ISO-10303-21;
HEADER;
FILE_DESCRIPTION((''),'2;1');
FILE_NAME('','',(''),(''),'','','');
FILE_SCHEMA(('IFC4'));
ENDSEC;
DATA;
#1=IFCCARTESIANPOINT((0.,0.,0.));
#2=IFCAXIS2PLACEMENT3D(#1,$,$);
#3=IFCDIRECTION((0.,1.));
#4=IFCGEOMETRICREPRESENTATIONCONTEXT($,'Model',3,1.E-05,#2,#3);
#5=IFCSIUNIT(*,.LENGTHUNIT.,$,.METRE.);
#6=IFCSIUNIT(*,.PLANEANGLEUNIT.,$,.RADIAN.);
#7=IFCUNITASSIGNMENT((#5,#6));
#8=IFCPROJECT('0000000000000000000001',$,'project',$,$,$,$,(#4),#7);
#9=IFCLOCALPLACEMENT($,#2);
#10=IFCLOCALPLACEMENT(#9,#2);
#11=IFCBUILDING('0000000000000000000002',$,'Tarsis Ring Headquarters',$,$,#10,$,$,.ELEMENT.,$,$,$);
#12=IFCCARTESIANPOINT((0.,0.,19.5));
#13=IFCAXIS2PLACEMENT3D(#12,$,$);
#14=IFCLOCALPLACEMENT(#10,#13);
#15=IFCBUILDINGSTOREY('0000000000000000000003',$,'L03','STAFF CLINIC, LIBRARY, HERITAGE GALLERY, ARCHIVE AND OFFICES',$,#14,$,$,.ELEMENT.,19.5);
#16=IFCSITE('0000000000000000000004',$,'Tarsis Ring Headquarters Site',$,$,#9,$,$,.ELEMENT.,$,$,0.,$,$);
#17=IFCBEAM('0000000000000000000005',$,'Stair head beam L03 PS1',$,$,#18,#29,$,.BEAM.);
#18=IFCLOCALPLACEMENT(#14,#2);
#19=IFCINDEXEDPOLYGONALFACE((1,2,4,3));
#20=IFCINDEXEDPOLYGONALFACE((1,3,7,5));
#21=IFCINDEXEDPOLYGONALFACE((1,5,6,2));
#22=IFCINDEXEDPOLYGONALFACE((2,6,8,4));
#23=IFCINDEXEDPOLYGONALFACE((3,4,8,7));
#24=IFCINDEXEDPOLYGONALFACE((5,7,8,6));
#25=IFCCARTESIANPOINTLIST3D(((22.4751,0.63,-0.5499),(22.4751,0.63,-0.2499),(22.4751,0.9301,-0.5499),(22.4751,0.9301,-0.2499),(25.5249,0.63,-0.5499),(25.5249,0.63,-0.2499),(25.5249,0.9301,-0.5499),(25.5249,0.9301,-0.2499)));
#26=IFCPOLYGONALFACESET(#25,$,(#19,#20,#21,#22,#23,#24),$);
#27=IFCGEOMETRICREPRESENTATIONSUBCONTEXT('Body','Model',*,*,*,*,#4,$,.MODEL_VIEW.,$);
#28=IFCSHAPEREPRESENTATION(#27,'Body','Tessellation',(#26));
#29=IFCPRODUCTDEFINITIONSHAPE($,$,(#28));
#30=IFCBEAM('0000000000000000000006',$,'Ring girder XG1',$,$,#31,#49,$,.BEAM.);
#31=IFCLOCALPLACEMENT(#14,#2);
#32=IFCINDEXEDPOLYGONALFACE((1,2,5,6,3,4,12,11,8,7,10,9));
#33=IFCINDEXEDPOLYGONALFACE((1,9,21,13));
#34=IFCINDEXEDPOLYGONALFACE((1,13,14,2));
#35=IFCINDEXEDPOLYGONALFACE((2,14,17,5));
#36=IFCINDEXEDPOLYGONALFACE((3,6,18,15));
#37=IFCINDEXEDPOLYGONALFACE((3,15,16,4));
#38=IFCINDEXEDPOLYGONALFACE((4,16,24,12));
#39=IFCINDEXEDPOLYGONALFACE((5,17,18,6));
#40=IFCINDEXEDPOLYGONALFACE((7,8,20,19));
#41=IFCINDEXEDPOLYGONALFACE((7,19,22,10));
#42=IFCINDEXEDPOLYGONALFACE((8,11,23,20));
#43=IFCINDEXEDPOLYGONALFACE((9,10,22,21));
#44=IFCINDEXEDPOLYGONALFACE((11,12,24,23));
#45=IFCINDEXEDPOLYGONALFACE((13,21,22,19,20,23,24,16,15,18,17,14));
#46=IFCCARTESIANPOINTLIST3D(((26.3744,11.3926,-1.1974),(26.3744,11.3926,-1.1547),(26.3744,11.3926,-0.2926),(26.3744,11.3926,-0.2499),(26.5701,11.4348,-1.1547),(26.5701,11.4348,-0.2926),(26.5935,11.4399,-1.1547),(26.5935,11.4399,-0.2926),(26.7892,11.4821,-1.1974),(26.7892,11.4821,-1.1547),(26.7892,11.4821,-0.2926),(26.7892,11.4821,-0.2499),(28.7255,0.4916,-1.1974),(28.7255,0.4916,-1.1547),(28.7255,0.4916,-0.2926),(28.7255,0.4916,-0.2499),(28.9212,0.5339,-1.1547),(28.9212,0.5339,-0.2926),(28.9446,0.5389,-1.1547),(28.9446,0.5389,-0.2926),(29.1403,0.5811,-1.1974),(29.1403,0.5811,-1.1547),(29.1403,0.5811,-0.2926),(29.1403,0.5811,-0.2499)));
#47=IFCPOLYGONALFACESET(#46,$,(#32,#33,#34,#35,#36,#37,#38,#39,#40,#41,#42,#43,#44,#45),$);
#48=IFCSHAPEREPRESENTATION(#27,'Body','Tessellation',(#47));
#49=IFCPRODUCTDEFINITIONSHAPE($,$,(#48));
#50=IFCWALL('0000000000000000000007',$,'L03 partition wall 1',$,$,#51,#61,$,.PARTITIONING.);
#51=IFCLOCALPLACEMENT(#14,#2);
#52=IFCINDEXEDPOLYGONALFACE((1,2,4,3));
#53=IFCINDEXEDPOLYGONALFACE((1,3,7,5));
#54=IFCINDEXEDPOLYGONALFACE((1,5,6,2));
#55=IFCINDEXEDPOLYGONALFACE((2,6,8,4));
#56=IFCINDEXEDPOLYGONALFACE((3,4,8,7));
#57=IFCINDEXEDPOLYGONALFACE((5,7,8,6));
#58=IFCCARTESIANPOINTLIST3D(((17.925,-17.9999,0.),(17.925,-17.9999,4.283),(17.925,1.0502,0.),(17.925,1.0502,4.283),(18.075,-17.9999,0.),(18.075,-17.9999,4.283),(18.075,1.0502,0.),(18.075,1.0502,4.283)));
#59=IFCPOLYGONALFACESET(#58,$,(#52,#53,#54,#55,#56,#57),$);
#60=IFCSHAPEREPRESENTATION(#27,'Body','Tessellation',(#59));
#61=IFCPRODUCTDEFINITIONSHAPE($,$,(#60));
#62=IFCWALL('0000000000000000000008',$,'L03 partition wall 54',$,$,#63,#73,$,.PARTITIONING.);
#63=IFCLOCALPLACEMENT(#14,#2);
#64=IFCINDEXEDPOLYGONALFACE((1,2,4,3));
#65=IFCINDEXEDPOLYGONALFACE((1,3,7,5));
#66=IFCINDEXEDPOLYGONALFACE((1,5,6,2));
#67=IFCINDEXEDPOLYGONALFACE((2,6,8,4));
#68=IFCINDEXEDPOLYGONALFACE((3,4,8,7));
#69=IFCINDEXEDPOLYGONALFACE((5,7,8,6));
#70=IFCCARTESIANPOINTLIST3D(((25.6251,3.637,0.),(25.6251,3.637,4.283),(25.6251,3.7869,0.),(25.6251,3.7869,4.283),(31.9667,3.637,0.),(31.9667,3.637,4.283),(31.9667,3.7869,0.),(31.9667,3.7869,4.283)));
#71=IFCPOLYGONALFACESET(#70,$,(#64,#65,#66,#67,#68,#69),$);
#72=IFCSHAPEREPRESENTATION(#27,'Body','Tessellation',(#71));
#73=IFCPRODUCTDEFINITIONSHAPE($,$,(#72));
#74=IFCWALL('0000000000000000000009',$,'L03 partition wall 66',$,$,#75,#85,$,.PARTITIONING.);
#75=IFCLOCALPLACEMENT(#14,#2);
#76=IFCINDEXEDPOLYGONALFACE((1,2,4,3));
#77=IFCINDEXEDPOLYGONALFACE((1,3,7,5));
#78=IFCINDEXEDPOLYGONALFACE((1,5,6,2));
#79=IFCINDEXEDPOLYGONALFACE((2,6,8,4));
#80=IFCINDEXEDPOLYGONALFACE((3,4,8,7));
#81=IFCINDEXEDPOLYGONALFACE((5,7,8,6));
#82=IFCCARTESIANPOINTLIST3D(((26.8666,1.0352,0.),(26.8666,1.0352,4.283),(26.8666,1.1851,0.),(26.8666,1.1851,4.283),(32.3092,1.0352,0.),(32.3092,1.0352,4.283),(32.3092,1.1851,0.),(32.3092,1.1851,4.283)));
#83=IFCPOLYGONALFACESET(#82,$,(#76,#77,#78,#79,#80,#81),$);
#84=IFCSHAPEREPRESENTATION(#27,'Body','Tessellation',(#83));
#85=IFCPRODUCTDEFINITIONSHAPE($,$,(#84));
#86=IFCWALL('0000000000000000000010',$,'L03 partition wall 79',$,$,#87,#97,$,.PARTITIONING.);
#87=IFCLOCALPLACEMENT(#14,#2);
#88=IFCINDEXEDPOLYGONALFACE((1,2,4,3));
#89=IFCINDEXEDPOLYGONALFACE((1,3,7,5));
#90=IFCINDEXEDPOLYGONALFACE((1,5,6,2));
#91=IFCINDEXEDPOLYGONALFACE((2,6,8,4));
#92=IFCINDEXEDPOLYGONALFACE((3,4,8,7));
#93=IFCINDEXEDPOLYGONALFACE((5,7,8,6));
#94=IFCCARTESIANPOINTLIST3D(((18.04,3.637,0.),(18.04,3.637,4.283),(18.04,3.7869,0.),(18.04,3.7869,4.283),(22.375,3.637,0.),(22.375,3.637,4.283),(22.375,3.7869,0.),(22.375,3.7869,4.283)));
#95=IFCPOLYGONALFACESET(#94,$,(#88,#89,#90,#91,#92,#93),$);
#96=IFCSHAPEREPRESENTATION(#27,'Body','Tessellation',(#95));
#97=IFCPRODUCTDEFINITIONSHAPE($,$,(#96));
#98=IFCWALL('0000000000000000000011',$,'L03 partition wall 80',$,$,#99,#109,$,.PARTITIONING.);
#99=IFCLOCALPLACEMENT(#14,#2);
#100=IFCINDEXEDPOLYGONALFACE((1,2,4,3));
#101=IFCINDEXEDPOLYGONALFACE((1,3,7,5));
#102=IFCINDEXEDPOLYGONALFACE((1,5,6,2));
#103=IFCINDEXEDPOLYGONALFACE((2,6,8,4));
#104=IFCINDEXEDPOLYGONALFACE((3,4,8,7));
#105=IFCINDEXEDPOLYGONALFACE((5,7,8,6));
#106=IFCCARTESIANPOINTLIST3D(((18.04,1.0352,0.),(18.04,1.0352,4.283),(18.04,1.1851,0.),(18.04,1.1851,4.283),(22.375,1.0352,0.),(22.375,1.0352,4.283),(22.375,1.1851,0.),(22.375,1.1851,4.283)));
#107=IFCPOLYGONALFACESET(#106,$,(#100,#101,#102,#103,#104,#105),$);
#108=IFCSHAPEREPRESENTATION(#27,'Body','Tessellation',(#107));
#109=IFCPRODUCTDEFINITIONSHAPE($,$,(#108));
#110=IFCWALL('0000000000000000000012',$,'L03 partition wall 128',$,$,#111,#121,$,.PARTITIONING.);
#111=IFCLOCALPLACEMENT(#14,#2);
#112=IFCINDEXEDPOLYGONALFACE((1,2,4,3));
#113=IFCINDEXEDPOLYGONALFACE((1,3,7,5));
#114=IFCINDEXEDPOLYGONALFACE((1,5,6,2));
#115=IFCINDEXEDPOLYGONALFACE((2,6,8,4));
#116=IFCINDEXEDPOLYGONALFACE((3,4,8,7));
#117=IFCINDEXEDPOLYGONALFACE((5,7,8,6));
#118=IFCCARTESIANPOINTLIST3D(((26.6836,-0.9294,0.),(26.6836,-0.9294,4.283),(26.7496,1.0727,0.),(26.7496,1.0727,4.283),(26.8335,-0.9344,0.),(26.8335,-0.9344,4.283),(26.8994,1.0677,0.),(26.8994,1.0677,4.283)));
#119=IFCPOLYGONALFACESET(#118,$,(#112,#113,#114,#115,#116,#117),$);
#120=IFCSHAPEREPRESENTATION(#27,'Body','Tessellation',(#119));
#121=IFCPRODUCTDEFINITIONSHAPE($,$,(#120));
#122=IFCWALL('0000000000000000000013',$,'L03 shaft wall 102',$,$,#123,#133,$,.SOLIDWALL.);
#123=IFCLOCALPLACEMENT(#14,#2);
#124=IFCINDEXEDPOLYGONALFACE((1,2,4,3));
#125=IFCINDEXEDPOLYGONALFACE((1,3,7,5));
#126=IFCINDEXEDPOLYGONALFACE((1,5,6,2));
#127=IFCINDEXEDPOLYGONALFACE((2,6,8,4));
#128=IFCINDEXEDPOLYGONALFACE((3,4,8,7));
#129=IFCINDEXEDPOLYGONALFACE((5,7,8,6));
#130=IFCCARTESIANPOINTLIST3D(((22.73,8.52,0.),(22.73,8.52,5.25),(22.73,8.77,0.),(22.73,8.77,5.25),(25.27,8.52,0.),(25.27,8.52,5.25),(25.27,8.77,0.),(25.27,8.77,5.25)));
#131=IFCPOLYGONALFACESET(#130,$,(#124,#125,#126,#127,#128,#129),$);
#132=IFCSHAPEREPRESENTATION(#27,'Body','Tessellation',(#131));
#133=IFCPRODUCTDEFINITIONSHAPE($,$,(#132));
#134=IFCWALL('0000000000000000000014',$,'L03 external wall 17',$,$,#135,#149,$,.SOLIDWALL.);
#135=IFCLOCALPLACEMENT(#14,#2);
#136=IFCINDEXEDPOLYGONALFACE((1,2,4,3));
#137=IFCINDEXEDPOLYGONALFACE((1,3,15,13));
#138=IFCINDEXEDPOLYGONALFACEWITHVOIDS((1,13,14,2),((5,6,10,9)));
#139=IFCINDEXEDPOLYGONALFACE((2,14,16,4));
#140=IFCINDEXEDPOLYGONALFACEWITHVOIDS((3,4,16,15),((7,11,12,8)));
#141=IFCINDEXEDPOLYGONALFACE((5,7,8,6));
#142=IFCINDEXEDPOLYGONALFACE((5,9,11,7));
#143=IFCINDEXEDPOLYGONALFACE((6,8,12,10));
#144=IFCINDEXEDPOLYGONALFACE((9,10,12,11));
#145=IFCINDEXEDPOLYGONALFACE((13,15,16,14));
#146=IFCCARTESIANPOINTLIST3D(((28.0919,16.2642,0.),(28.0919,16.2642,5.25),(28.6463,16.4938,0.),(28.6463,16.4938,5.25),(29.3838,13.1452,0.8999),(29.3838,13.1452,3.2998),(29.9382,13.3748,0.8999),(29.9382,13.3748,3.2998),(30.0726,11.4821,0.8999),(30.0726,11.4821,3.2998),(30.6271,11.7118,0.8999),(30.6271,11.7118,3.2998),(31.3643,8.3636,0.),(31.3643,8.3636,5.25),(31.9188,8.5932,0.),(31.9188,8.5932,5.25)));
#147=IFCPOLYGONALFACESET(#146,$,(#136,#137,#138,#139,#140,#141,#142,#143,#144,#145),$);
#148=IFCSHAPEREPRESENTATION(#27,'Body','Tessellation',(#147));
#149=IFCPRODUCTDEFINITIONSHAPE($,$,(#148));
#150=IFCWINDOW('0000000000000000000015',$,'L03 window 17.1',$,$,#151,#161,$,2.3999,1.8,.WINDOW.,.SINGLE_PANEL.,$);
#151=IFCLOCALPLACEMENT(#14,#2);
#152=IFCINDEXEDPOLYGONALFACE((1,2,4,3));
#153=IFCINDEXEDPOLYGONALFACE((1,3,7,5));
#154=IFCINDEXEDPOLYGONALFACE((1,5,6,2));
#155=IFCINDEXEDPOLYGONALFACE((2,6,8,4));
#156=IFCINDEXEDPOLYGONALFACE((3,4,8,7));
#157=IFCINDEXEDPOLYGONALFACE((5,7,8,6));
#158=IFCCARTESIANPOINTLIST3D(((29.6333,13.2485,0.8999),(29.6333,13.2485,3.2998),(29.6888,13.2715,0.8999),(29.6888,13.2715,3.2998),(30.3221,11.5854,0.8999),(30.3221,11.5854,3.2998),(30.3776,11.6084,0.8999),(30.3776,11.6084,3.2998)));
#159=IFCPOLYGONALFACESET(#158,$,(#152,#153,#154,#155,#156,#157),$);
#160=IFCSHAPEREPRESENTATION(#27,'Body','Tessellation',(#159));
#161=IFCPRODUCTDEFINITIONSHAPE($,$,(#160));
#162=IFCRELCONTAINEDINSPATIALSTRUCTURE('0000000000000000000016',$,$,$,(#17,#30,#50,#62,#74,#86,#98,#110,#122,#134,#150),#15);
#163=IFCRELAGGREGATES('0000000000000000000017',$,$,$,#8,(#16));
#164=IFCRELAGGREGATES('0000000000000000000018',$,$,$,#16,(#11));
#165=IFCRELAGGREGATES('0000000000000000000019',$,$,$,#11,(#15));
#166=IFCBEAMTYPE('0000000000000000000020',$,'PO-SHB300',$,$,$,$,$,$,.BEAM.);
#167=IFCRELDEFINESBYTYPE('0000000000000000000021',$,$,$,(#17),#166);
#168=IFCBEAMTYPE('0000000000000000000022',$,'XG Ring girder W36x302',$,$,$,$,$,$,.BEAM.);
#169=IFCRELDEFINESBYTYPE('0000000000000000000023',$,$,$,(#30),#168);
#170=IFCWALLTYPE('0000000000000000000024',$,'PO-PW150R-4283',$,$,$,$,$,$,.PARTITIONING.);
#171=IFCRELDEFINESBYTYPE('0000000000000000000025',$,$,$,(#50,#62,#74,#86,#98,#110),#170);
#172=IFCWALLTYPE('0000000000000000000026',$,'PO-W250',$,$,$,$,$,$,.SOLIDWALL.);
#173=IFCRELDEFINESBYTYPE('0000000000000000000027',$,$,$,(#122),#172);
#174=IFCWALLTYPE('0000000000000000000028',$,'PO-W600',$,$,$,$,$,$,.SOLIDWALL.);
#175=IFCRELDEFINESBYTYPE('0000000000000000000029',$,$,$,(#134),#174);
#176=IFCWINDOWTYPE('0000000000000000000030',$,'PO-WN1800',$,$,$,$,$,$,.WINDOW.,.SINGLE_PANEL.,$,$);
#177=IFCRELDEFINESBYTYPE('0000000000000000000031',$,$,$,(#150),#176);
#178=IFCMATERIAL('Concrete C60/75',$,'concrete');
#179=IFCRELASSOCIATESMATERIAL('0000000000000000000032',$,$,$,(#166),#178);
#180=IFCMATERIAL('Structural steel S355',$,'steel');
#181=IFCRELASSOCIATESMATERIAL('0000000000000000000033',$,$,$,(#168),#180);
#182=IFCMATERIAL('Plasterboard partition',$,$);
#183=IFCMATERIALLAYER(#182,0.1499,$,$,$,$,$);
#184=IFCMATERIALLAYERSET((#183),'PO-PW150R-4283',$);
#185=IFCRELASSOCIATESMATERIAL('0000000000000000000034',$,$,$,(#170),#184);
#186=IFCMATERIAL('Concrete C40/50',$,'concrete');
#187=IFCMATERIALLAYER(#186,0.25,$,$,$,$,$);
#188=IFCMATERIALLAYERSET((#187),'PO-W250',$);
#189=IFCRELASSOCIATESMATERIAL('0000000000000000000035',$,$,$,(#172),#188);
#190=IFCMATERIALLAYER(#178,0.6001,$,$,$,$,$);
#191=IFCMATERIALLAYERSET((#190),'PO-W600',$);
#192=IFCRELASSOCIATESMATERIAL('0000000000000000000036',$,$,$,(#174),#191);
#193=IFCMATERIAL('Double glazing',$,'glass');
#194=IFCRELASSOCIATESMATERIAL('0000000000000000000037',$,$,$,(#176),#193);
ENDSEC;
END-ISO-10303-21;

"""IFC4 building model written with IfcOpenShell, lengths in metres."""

from ifc_helpers import new_model, si_unit, direction, frame, frame_2d, origin, origin_2d, place, context, subcontext, project, spatial, rectangle, i_section, extrude, material, layer, layer_set, material_profile, profile_set, type_object, element, fill, save


model = new_model("IFC4")

# Units and contexts
model_context = context("Model", 3, precision=1e-05, world=origin(), true_north=direction((0.0, 1.0)))
body_context = subcontext(model_context, "Body", "Model", "MODEL_VIEW")
ifc_project = project(units=[si_unit("LENGTHUNIT", "METRE"), si_unit("PLANEANGLEUNIT", "RADIAN")], contexts=[model_context])

# Site, building, storey
site_placement = place(None, origin())
site = spatial("IfcSite", under=ifc_project, at=site_placement, Name="Tarsis Ring Headquarters Site", CompositionType="ELEMENT", RefElevation=0.0)
building_placement = place(site_placement, origin())
building = spatial("IfcBuilding", under=site, at=building_placement, Name="Tarsis Ring Headquarters", CompositionType="ELEMENT")
storey_placement = place(building_placement, frame((0.0, 0.0, 19.5)))
storey = spatial("IfcBuildingStorey", under=building, at=storey_placement, Name="L03", Description="STAFF CLINIC, LIBRARY, HERITAGE GALLERY, ARCHIVE AND OFFICES", CompositionType="ELEMENT", Elevation=19.5)

# Beams
ifc_material_1 = material(Name="Concrete C60/75", Category="concrete")
ifc_material_profile_1 = material_profile(ifc_material_1, rectangle(XDim=0.3, YDim=0.3, at=origin_2d()), Name="PO-SHB300")
ifc_profile_set_1 = profile_set([ifc_material_profile_1], Name="Concrete C60/75")
beam_type_1 = type_object("IfcBeamType", Name="PO-SHB300", PredefinedType="BEAM", material=ifc_profile_set_1)
beam_1_placement = place(storey_placement, frame((25.5249, 0.78, -0.3999), z_axis=(-1.0, 0.0, 0.0), x_axis=(0.0, -1.0, 0.0)))
element("IfcBeam", 1, at=beam_1_placement, inside=storey, type_object=beam_type_1, Name="Stair head beam L03 PS1", PredefinedType="BEAM", context=body_context, shape_type="SweptSolid", body=[
    extrude(rectangle(XDim=0.3, YDim=0.3, at=origin_2d()), origin(), (0.0, 0.0, 1.0), 3.0498),
])
ifc_material_2 = material(Name="Structural steel S355", Category="steel")
ifc_material_profile_2 = material_profile(ifc_material_2, i_section(OverallWidth=0.4243, OverallDepth=0.9475, WebThickness=0.0239, FlangeThickness=0.0427, at=origin_2d()), Name="W36x302")
ifc_profile_set_2 = profile_set([ifc_material_profile_2], Name="Structural steel S355")
beam_type_2 = type_object("IfcBeamType", Name="XG Ring girder W36x302", PredefinedType="BEAM", material=ifc_profile_set_2)
beam_2_placement = place(storey_placement, frame((28.9329, 0.5364, -0.7236), z_axis=(-0.21083, 0.977523, 0.0), x_axis=(-0.977523, -0.21083, 0.0)))
element("IfcBeam", 2, at=beam_2_placement, inside=storey, type_object=beam_type_2, Name="Ring girder XG1", PredefinedType="BEAM", context=body_context, shape_type="SweptSolid", body=[
    extrude(i_section(OverallWidth=0.4243, OverallDepth=0.9475, WebThickness=0.0239, FlangeThickness=0.0427, at=origin_2d()), origin(), (0.0, 0.0, 1.0), 11.1516),
])

# Walls
ifc_material_3 = material(Name="Plasterboard partition")
ifc_layer_1 = layer(ifc_material_3, 0.1499)
ifc_layer_set_1 = layer_set([ifc_layer_1], Name="PO-PW150R-4283")
wall_type_1 = type_object("IfcWallType", Name="PO-PW150R-4283", PredefinedType="PARTITIONING", material=ifc_layer_set_1)
wall_1_placement = place(storey_placement, frame((18.0, 1.05, 0.0), z_axis=(0.0, 0.0, 1.0), x_axis=(0.0, -1.0, 0.0)))
element("IfcWall", 3, at=wall_1_placement, inside=storey, type_object=wall_type_1, Name="L03 partition wall 1", PredefinedType="PARTITIONING", context=body_context, shape_type="SweptSolid", body=[
    extrude(rectangle(XDim=19.05, YDim=0.1499, at=frame_2d((9.5249, 0.0))), origin(), (0.0, 0.0, 1.0), 4.283),
])
wall_2_placement = place(storey_placement, frame((25.625, 3.7119, 0.0), z_axis=(0.0, 0.0, 1.0), x_axis=(1.0, 0.0, 0.0)))
element("IfcWall", 4, at=wall_2_placement, inside=storey, type_object=wall_type_1, Name="L03 partition wall 54", PredefinedType="PARTITIONING", context=body_context, shape_type="SweptSolid", body=[
    extrude(rectangle(XDim=6.3416, YDim=0.1499, at=frame_2d((3.1709, 0.0))), origin(), (0.0, 0.0, 1.0), 4.283),
])
wall_3_placement = place(storey_placement, frame((32.3091, 1.1101, 0.0), z_axis=(0.0, 0.0, 1.0), x_axis=(-1.0, 0.0, 0.0)))
element("IfcWall", 5, at=wall_3_placement, inside=storey, type_object=wall_type_1, Name="L03 partition wall 66", PredefinedType="PARTITIONING", context=body_context, shape_type="SweptSolid", body=[
    extrude(rectangle(XDim=5.4426, YDim=0.1499, at=frame_2d((2.7212, 0.0))), origin(), (0.0, 0.0, 1.0), 4.283),
])
for number, where, z_axis, x_axis, name in (
    (6, (18.04, 3.7119, 0.0), (0.0, 0.0, 1.0), (1.0, 0.0, 0.0), "L03 partition wall 79"),
    (7, (22.375, 1.1101, 0.0), (0.0, 0.0, 1.0), (-1.0, 0.0, 0.0), "L03 partition wall 80"),
):
    element("IfcWall", number, at=place(storey_placement, frame(where, z_axis=z_axis, x_axis=x_axis)), inside=storey, type_object=wall_type_1, Name=name, PredefinedType="PARTITIONING", context=body_context, shape_type="SweptSolid", body=[
        extrude(rectangle(XDim=4.335, YDim=0.1499, at=frame_2d((2.1675, 0.0))), origin(), (0.0, 0.0, 1.0), 4.283),
    ])
wall_4_placement = place(storey_placement, frame((26.8245, 1.0701, 0.0), z_axis=(0.0, 0.0, 1.0), x_axis=(-0.032905, -0.999458, 0.0)))
element("IfcWall", 8, at=wall_4_placement, inside=storey, type_object=wall_type_1, Name="L03 partition wall 128", PredefinedType="PARTITIONING", context=body_context, shape_type="SweptSolid", body=[
    extrude(rectangle(XDim=2.0032, YDim=0.1499, at=frame_2d((1.0015, 0.0))), origin(), (0.0, 0.0, 1.0), 4.283),
])
ifc_material_4 = material(Name="Concrete C40/50", Category="concrete")
ifc_layer_2 = layer(ifc_material_4, 0.25)
ifc_layer_set_2 = layer_set([ifc_layer_2], Name="PO-W250")
wall_type_2 = type_object("IfcWallType", Name="PO-W250", PredefinedType="SOLIDWALL", material=ifc_layer_set_2)
wall_5_placement = place(storey_placement, frame((22.73, 8.645, 0.0), z_axis=(0.0, 0.0, 1.0), x_axis=(1.0, 0.0, 0.0)))
element("IfcWall", 9, at=wall_5_placement, inside=storey, type_object=wall_type_2, Name="L03 shaft wall 102", PredefinedType="SOLIDWALL", context=body_context, shape_type="SweptSolid", body=[
    extrude(rectangle(XDim=2.54, YDim=0.25, at=frame_2d((1.27, 0.0))), origin(), (0.0, 0.0, 1.0), 5.25),
])

# Wall, opening, window
ifc_layer_3 = layer(ifc_material_1, 0.6001)
ifc_layer_set_3 = layer_set([ifc_layer_3], Name="PO-W600")
wall_type_3 = type_object("IfcWallType", Name="PO-W600", PredefinedType="SOLIDWALL", material=ifc_layer_set_3)
wall_6_placement = place(storey_placement, frame((31.6416, 8.4783, 0.0), z_axis=(0.0, 0.0, 1.0), x_axis=(-0.382675, 0.923883, 0.0)))
wall_6 = element("IfcWall", 10, at=wall_6_placement, inside=storey, type_object=wall_type_3, Name="L03 external wall 17", PredefinedType="SOLIDWALL", context=body_context, shape_type="SweptSolid", body=[
    extrude(rectangle(XDim=8.5515, YDim=0.6001, at=frame_2d((4.2759, 0.0))), origin(), (0.0, 0.0, 1.0), 5.25),
])
opening_placement = place(wall_6_placement, frame((3.3757, 0.0, 0.8999)))
opening = element("IfcOpeningElement", 11, at=opening_placement, cuts=wall_6, PredefinedType="OPENING", context=body_context, shape_type="SweptSolid", body=[
    extrude(rectangle(XDim=1.8, YDim=2.3999, at=frame_2d((0.8999, 1.2))), frame((0.0, 0.3101, 0.0), z_axis=(0.0, -1.0, 0.0), x_axis=(1.0, 0.0, 0.0)), (0.0, 0.0, 1.0), 0.6201),
])
ifc_material_5 = material(Name="Double glazing", Category="glass")
window_type = type_object("IfcWindowType", Name="PO-WN1800", PartitioningType="SINGLE_PANEL", PredefinedType="WINDOW", material=ifc_material_5)
window_placement = place(opening_placement, origin())
window = element("IfcWindow", 12, at=window_placement, inside=storey, type_object=window_type, Name="L03 window 17.1", OverallHeight=2.3999, OverallWidth=1.8, PartitioningType="SINGLE_PANEL", PredefinedType="WINDOW", context=body_context, shape_type="SweptSolid", body=[
    extrude(rectangle(XDim=1.8, YDim=2.3999, at=frame_2d((0.8999, 1.2))), frame((0.0, 0.03, 0.0), z_axis=(0.0, -1.0, 0.0), x_axis=(1.0, 0.0, 0.0)), (0.0, 0.0, 1.0), 0.0601),
])
fill(opening, window)

save(model, "model.ifc")
